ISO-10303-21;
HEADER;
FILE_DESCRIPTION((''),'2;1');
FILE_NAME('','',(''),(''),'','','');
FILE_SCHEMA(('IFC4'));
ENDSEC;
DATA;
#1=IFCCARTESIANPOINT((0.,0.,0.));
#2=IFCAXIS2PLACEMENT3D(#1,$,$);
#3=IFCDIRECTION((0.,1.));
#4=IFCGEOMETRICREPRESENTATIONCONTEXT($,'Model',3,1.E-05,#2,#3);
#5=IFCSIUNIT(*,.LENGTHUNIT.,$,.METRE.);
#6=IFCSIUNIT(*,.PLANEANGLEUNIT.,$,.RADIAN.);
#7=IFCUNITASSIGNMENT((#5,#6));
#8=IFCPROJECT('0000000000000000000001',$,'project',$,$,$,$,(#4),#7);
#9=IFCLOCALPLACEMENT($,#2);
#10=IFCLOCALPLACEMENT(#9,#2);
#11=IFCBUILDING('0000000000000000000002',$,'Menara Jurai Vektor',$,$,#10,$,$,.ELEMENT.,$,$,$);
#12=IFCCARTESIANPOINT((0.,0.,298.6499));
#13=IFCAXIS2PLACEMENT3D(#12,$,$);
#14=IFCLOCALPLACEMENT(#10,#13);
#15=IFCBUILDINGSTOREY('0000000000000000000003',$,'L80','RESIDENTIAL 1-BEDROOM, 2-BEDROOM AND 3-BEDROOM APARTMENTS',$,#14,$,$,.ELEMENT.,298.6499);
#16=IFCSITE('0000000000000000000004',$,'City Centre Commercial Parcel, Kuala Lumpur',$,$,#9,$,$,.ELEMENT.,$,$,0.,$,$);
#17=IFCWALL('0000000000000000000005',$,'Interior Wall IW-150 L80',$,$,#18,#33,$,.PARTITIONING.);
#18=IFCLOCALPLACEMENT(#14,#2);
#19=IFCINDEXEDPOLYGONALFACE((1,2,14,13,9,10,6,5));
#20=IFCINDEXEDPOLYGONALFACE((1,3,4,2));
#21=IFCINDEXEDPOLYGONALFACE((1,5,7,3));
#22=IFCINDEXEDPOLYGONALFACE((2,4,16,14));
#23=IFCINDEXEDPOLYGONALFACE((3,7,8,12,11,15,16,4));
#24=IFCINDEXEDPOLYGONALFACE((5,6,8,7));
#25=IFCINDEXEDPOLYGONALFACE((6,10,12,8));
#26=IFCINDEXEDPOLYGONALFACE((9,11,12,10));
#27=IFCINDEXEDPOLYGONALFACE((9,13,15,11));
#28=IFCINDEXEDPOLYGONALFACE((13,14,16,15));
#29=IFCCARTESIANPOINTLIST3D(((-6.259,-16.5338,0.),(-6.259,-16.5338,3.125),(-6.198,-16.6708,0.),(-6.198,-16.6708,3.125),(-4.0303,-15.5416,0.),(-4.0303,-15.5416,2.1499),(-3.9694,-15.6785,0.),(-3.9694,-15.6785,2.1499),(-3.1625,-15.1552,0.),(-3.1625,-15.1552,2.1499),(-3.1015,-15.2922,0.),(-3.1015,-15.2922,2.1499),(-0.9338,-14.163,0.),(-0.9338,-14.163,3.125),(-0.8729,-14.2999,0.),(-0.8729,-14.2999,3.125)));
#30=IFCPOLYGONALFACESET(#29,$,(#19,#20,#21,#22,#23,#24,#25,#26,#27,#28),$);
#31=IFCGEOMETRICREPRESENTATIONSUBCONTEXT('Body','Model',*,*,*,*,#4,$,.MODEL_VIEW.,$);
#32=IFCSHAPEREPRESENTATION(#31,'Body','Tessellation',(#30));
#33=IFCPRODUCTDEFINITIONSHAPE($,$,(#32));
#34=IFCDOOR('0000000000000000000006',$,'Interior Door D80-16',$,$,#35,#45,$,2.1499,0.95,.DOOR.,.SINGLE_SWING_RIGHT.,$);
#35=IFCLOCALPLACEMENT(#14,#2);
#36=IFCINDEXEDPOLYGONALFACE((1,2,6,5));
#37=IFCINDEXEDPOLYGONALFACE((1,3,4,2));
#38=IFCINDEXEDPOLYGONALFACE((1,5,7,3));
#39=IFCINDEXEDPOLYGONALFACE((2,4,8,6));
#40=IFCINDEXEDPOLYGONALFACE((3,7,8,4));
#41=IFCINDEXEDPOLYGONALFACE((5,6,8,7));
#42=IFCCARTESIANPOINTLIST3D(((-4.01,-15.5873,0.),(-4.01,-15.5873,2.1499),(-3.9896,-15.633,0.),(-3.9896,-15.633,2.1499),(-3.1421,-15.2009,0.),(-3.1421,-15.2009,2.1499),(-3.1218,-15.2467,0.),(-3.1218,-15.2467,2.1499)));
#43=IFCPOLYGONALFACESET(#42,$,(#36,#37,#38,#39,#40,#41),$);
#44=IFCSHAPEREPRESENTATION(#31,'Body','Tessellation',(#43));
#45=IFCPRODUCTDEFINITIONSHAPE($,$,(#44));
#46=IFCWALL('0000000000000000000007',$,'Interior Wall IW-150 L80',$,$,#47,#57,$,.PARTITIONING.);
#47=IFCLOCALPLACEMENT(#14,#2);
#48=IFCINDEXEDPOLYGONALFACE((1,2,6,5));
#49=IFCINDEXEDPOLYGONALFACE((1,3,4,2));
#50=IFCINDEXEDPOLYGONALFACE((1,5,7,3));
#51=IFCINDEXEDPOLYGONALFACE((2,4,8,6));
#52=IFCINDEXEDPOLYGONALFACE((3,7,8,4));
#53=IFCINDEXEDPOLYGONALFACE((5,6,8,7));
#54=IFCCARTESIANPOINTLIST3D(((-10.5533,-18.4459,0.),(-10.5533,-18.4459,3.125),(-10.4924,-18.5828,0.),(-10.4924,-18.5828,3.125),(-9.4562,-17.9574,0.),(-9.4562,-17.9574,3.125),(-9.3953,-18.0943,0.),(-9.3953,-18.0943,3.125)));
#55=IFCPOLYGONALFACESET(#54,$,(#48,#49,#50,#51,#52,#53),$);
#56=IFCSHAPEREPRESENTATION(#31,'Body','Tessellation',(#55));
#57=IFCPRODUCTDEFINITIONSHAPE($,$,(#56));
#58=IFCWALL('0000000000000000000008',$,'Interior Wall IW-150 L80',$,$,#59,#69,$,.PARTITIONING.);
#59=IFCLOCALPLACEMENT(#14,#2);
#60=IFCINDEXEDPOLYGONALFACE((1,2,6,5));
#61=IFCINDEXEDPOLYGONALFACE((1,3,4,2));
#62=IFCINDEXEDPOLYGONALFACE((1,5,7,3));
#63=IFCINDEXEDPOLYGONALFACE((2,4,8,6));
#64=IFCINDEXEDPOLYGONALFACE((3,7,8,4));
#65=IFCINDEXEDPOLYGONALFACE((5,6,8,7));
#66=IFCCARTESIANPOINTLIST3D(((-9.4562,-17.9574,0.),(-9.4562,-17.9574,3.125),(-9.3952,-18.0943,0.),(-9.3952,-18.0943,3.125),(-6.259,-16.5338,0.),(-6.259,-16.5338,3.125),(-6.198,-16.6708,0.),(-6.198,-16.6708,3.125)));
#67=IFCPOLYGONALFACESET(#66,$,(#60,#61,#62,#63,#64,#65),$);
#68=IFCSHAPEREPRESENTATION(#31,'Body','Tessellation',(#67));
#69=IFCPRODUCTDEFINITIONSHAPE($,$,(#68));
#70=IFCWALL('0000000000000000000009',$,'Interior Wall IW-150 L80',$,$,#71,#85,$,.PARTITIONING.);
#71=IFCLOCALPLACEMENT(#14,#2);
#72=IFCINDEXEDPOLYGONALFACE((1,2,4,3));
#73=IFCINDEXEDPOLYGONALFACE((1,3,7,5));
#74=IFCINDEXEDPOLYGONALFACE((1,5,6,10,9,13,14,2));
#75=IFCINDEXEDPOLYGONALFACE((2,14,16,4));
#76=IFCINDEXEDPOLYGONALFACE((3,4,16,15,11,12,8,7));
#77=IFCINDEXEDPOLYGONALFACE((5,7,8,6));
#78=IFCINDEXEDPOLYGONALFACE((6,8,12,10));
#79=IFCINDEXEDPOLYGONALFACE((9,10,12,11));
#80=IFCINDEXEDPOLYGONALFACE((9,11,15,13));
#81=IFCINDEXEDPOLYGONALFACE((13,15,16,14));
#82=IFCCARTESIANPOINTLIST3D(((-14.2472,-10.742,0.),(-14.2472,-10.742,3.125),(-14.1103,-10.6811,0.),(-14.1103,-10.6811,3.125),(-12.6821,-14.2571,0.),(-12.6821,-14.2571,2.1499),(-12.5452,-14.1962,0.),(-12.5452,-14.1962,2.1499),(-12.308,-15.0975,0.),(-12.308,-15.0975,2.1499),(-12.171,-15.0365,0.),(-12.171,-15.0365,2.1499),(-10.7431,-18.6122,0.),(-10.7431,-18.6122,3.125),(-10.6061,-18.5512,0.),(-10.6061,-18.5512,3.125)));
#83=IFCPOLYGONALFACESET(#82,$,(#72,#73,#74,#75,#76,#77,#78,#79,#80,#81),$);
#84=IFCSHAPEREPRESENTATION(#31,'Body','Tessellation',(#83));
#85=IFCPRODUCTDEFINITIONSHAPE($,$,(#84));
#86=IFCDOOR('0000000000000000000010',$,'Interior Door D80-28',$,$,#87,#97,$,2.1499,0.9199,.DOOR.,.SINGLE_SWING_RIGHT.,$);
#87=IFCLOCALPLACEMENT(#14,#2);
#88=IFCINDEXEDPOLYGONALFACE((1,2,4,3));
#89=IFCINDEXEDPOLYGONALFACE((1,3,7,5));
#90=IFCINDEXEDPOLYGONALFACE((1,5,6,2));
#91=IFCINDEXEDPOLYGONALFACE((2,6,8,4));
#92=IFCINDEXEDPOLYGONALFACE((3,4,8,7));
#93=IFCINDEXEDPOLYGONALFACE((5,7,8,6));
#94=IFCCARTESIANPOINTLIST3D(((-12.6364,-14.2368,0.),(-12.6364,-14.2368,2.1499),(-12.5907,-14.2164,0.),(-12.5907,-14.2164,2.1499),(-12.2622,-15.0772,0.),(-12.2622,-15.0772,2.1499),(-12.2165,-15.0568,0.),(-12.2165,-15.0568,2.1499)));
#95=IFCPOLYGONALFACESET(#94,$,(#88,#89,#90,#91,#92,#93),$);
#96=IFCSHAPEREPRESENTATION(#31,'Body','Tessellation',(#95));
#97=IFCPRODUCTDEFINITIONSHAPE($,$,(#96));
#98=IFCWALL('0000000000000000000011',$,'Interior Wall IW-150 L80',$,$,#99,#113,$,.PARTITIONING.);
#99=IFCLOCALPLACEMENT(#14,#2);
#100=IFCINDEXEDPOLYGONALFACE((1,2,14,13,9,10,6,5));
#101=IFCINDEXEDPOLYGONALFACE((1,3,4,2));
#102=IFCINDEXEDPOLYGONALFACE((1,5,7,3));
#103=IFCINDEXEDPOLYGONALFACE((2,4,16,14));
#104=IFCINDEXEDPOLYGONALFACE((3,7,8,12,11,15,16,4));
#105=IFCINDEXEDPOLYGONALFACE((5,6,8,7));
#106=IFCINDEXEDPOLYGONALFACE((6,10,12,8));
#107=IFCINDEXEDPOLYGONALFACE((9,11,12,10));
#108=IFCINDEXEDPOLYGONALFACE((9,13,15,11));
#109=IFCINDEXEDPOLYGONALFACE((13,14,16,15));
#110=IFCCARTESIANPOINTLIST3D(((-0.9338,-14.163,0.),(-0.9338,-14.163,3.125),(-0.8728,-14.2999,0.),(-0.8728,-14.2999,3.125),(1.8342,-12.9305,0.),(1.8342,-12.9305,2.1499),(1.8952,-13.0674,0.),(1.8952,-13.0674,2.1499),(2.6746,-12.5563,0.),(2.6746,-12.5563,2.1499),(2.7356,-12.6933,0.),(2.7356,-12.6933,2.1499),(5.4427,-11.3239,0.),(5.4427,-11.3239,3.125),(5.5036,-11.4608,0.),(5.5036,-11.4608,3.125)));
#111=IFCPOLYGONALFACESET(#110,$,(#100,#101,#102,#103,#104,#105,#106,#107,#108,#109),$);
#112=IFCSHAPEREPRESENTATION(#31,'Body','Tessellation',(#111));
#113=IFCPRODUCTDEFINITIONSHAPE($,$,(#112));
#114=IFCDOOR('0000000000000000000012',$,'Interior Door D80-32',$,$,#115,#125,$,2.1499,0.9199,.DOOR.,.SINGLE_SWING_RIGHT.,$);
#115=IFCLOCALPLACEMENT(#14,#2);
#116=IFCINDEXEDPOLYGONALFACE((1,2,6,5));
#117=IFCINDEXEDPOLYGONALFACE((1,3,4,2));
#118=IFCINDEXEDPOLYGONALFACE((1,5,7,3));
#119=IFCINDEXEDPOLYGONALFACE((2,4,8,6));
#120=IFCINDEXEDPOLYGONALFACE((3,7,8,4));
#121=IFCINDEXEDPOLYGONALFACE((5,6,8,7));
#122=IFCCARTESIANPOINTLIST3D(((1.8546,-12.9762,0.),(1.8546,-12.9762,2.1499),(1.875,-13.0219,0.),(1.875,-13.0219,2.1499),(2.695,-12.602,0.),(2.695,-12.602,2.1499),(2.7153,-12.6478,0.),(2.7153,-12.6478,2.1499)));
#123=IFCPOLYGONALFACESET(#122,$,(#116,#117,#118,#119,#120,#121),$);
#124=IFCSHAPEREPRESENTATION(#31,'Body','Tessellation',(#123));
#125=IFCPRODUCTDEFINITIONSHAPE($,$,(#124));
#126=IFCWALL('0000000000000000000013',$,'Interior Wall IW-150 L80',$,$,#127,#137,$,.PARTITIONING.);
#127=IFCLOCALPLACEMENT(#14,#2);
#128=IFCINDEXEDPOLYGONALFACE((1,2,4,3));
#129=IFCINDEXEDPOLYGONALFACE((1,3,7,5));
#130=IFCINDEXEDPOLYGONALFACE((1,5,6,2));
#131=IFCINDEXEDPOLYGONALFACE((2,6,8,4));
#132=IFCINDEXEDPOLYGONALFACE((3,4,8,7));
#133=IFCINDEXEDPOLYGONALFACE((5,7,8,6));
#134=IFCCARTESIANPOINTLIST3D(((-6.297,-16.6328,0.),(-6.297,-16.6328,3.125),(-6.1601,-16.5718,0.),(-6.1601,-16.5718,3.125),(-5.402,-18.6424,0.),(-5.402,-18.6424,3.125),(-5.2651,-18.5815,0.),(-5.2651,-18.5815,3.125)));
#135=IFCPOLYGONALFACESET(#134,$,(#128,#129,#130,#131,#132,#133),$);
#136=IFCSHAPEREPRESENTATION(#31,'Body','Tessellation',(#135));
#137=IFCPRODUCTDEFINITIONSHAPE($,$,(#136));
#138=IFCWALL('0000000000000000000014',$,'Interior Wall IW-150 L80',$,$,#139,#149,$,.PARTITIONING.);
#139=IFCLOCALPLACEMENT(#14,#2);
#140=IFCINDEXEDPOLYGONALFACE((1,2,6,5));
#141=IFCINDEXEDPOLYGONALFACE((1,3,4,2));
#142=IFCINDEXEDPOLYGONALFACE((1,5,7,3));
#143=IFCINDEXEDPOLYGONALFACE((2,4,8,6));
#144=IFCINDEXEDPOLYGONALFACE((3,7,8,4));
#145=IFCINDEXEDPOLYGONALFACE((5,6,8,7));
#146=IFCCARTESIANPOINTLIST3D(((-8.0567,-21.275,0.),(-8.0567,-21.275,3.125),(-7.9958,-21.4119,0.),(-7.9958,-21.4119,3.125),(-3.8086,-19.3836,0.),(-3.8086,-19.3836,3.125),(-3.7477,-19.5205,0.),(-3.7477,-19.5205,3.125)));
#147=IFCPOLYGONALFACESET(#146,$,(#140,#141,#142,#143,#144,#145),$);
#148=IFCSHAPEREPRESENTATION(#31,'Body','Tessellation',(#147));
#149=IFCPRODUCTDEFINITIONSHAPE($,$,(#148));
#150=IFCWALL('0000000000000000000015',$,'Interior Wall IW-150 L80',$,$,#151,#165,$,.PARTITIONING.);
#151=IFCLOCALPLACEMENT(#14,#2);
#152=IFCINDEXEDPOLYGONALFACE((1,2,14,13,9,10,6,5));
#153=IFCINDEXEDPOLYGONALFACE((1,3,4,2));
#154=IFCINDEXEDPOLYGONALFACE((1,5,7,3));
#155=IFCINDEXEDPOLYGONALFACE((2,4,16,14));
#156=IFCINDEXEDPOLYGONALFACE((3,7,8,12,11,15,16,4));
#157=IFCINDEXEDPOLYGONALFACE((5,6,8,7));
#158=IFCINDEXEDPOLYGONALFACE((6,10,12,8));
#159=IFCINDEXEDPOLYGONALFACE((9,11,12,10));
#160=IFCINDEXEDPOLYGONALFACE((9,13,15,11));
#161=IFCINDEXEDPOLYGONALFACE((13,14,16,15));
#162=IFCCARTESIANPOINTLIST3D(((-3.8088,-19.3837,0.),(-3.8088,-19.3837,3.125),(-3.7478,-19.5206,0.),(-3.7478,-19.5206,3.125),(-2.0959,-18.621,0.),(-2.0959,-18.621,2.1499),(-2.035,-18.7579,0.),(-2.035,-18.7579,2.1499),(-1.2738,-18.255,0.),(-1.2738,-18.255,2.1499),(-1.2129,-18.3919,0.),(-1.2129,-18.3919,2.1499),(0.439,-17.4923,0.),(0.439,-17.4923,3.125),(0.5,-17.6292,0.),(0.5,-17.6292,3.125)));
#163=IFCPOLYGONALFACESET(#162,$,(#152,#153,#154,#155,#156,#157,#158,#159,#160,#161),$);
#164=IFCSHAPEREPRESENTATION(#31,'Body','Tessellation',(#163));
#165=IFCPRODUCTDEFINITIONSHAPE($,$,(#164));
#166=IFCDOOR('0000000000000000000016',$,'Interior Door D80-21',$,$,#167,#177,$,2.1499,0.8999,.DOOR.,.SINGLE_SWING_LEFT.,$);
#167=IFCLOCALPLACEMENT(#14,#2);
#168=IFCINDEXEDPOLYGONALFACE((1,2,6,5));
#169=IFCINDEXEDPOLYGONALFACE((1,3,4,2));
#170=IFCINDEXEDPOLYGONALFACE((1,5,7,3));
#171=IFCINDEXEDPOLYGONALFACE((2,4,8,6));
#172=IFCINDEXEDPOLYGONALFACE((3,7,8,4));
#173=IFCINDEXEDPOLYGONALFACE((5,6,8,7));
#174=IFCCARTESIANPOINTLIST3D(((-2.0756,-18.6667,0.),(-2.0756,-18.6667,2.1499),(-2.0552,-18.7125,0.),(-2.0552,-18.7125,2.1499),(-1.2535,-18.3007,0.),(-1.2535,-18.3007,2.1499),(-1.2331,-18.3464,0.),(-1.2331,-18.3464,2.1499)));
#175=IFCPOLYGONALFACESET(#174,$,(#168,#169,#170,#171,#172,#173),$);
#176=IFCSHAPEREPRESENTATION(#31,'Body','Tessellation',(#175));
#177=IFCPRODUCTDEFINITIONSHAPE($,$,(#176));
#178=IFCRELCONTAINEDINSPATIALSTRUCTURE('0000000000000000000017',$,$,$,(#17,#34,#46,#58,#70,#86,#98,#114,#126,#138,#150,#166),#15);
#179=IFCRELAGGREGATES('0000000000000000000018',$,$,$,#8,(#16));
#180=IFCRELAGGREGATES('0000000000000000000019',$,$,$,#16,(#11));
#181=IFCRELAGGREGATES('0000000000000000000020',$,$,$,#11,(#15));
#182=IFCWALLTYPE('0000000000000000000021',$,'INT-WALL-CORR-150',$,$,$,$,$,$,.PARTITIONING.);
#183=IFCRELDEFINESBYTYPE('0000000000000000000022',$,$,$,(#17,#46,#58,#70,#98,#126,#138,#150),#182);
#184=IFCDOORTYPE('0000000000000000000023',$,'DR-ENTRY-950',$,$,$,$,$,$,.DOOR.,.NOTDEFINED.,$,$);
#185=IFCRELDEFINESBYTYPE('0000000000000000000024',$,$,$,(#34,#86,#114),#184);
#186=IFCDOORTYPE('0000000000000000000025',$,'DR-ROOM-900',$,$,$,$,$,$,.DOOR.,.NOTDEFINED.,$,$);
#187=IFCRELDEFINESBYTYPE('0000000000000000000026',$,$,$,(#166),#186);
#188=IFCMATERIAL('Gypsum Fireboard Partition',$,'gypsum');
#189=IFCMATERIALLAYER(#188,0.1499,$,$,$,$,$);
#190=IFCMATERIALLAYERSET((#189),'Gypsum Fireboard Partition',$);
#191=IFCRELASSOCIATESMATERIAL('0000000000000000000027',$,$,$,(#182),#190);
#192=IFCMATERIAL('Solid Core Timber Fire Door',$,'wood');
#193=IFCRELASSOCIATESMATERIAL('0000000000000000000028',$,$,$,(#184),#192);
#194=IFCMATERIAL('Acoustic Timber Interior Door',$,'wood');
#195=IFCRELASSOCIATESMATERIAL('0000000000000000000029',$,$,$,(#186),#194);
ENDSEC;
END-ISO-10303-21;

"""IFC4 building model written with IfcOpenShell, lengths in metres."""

from ifc_helpers import new_model, si_unit, direction, frame, frame_2d, origin, place, context, subcontext, project, spatial, rectangle, extrude, material, layer, layer_set, type_object, element, fill, save


model = new_model("IFC4")

# Units and contexts
model_context = context("Model", 3, precision=1e-05, world=origin(), true_north=direction((0.0, 1.0)))
body_context = subcontext(model_context, "Body", "Model", "MODEL_VIEW")
ifc_project = project(units=[si_unit("LENGTHUNIT", "METRE"), si_unit("PLANEANGLEUNIT", "RADIAN")], contexts=[model_context])

# Site, building, storey
site_placement = place(None, origin())
site = spatial("IfcSite", under=ifc_project, at=site_placement, Name="City Centre Commercial Parcel, Kuala Lumpur", CompositionType="ELEMENT", RefElevation=0.0)
building_placement = place(site_placement, origin())
building = spatial("IfcBuilding", under=site, at=building_placement, Name="Menara Jurai Vektor", CompositionType="ELEMENT")
storey_placement = place(building_placement, frame((0.0, 0.0, 298.6499)))
storey = spatial("IfcBuildingStorey", under=building, at=storey_placement, Name="L80", Description="RESIDENTIAL 1-BEDROOM, 2-BEDROOM AND 3-BEDROOM APARTMENTS", CompositionType="ELEMENT", Elevation=298.6499)

# Wall, opening, door
ifc_material_1 = material(Name="Gypsum Fireboard Partition", Category="gypsum")
ifc_layer_1 = layer(ifc_material_1, 0.1499)
ifc_layer_set_1 = layer_set([ifc_layer_1], Name="Gypsum Fireboard Partition")
wall_type_1 = type_object("IfcWallType", Name="INT-WALL-CORR-150", PredefinedType="PARTITIONING", material=ifc_layer_set_1)
wall_1_placement = place(storey_placement, frame((-6.2285, -16.6023, 0.0), z_axis=(0.0, 0.0, 1.0), x_axis=(0.913551, 0.406725, 0.0)))
wall_1 = element("IfcWall", 1, at=wall_1_placement, inside=storey, type_object=wall_type_1, Name="Interior Wall IW-150 L80", PredefinedType="PARTITIONING", context=body_context, shape_type="SweptSolid", body=[
    extrude(rectangle(XDim=5.8291, YDim=0.1499, at=frame_2d((2.9146, 0.0))), origin(), (0.0, 0.0, 1.0), 3.125),
])
opening_1_placement = place(wall_1_placement, frame((2.4395, 0.0, 0.0)))
opening_1 = element("IfcOpeningElement", 2, at=opening_1_placement, cuts=wall_1, PredefinedType="OPENING", context=body_context, shape_type="SweptSolid", body=[
    extrude(rectangle(XDim=0.95, YDim=2.1499, at=frame_2d((0.4751, 1.075))), frame((0.0, 0.085, 0.0), z_axis=(0.0, -1.0, 0.0), x_axis=(1.0, 0.0, 0.0)), (0.0, 0.0, 1.0), 0.1699),
])
ifc_material_2 = material(Name="Solid Core Timber Fire Door", Category="wood")
door_type_1 = type_object("IfcDoorType", Name="DR-ENTRY-950", OperationType="NOTDEFINED", PredefinedType="DOOR", material=ifc_material_2)
door_1_placement = place(opening_1_placement, origin())
door_1 = element("IfcDoor", 3, at=door_1_placement, inside=storey, type_object=door_type_1, Name="Interior Door D80-16", OperationType="SINGLE_SWING_RIGHT", OverallHeight=2.1499, OverallWidth=0.95, PredefinedType="DOOR", context=body_context, shape_type="SweptSolid", body=[
    extrude(rectangle(XDim=0.95, YDim=2.1499, at=frame_2d((0.4751, 1.075))), frame((0.0, 0.0249, 0.0), z_axis=(0.0, -1.0, 0.0), x_axis=(1.0, 0.0, 0.0)), (0.0, 0.0, 1.0), 0.05),
])
fill(opening_1, door_1)

# Walls
wall_2_placement = place(storey_placement, frame((-10.5229, -18.5144, 0.0), z_axis=(0.0, 0.0, 1.0), x_axis=(0.913535, 0.406761, 0.0)))
element("IfcWall", 4, at=wall_2_placement, inside=storey, type_object=wall_type_1, Name="Interior Wall IW-150 L80", PredefinedType="PARTITIONING", context=body_context, shape_type="SweptSolid", body=[
    extrude(rectangle(XDim=1.2009, YDim=0.1499, at=frame_2d((0.6006, 0.0))), origin(), (0.0, 0.0, 1.0), 3.125),
])
wall_3_placement = place(storey_placement, frame((-9.4258, -18.0259, 0.0), z_axis=(0.0, 0.0, 1.0), x_axis=(0.913538, 0.406753, 0.0)))
element("IfcWall", 5, at=wall_3_placement, inside=storey, type_object=wall_type_1, Name="Interior Wall IW-150 L80", PredefinedType="PARTITIONING", context=body_context, shape_type="SweptSolid", body=[
    extrude(rectangle(XDim=3.4998, YDim=0.1499, at=frame_2d((1.75, 0.0))), origin(), (0.0, 0.0, 1.0), 3.125),
])

# Walls, openings, doors
wall_4_placement = place(storey_placement, frame((-10.6746, -18.5818, 0.0), z_axis=(0.0, 0.0, 1.0), x_axis=(-0.406751, 0.913539, 0.0)))
wall_4 = element("IfcWall", 6, at=wall_4_placement, inside=storey, type_object=wall_type_1, Name="Interior Wall IW-150 L80", PredefinedType="PARTITIONING", context=body_context, shape_type="SweptSolid", body=[
    extrude(rectangle(XDim=8.615, YDim=0.1499, at=frame_2d((4.3076, 0.0))), origin(), (0.0, 0.0, 1.0), 3.125),
])
opening_2_placement = place(wall_4_placement, frame((3.8474, 0.0, 0.0)))
opening_2 = element("IfcOpeningElement", 7, at=opening_2_placement, cuts=wall_4, PredefinedType="OPENING", context=body_context, shape_type="SweptSolid", body=[
    extrude(rectangle(XDim=0.9199, YDim=2.1499, at=frame_2d((0.46, 1.075))), frame((0.0, 0.085, 0.0), z_axis=(0.0, -1.0, 0.0), x_axis=(1.0, 0.0, 0.0)), (0.0, 0.0, 1.0), 0.1699),
])
door_2_placement = place(opening_2_placement, origin())
door_2 = element("IfcDoor", 8, at=door_2_placement, inside=storey, type_object=door_type_1, Name="Interior Door D80-28", OperationType="SINGLE_SWING_RIGHT", OverallHeight=2.1499, OverallWidth=0.9199, PredefinedType="DOOR", context=body_context, shape_type="SweptSolid", body=[
    extrude(rectangle(XDim=0.9199, YDim=2.1499, at=frame_2d((0.46, 1.075))), frame((0.0, 0.0249, 0.0), z_axis=(0.0, -1.0, 0.0), x_axis=(1.0, 0.0, 0.0)), (0.0, 0.0, 1.0), 0.05),
])
fill(opening_2, door_2)
wall_5_placement = place(storey_placement, frame((-0.9033, -14.2314, 0.0), z_axis=(0.0, 0.0, 1.0), x_axis=(0.913539, 0.406752, 0.0)))
wall_5 = element("IfcWall", 9, at=wall_5_placement, inside=storey, type_object=wall_type_1, Name="Interior Wall IW-150 L80", PredefinedType="PARTITIONING", context=body_context, shape_type="SweptSolid", body=[
    extrude(rectangle(XDim=6.98, YDim=0.1499, at=frame_2d((3.49, 0.0))), origin(), (0.0, 0.0, 1.0), 3.125),
])
opening_3_placement = place(wall_5_placement, frame((3.03, 0.0, 0.0)))
opening_3 = element("IfcOpeningElement", 10, at=opening_3_placement, cuts=wall_5, PredefinedType="OPENING", context=body_context, shape_type="SweptSolid", body=[
    extrude(rectangle(XDim=0.9199, YDim=2.1499, at=frame_2d((0.46, 1.075))), frame((0.0, 0.085, 0.0), z_axis=(0.0, -1.0, 0.0), x_axis=(1.0, 0.0, 0.0)), (0.0, 0.0, 1.0), 0.1699),
])
door_3_placement = place(opening_3_placement, origin())
door_3 = element("IfcDoor", 11, at=door_3_placement, inside=storey, type_object=door_type_1, Name="Interior Door D80-32", OperationType="SINGLE_SWING_RIGHT", OverallHeight=2.1499, OverallWidth=0.9199, PredefinedType="DOOR", context=body_context, shape_type="SweptSolid", body=[
    extrude(rectangle(XDim=0.9199, YDim=2.1499, at=frame_2d((0.46, 1.075))), frame((0.0, 0.0249, 0.0), z_axis=(0.0, -1.0, 0.0), x_axis=(1.0, 0.0, 0.0)), (0.0, 0.0, 1.0), 0.05),
])
fill(opening_3, door_3)

# Walls
wall_6_placement = place(storey_placement, frame((-5.3335, -18.6121, 0.0), z_axis=(0.0, 0.0, 1.0), x_axis=(-0.406818, 0.913509, 0.0)))
element("IfcWall", 12, at=wall_6_placement, inside=storey, type_object=wall_type_1, Name="Interior Wall IW-150 L80", PredefinedType="PARTITIONING", context=body_context, shape_type="SweptSolid", body=[
    extrude(rectangle(XDim=2.2, YDim=0.1499, at=frame_2d((1.1001, 0.0))), origin(), (0.0, 0.0, 1.0), 3.125),
])
wall_7_placement = place(storey_placement, frame((-8.0264, -21.3435, 0.0), z_axis=(0.0, 0.0, 1.0), x_axis=(0.913545, 0.406738, 0.0)))
element("IfcWall", 13, at=wall_7_placement, inside=storey, type_object=wall_type_1, Name="Interior Wall IW-150 L80", PredefinedType="PARTITIONING", context=body_context, shape_type="SweptSolid", body=[
    extrude(rectangle(XDim=4.6501, YDim=0.1499, at=frame_2d((2.3252, 0.0))), origin(), (0.0, 0.0, 1.0), 3.125),
])

# Wall, opening, door
wall_8_placement = place(storey_placement, frame((-3.7783, -19.4521, 0.0), z_axis=(0.0, 0.0, 1.0), x_axis=(0.913536, 0.406757, 0.0)))
wall_8 = element("IfcWall", 14, at=wall_8_placement, inside=storey, type_object=wall_type_1, Name="Interior Wall IW-150 L80", PredefinedType="PARTITIONING", context=body_context, shape_type="SweptSolid", body=[
    extrude(rectangle(XDim=4.6499, YDim=0.1499, at=frame_2d((2.325, 0.0))), origin(), (0.0, 0.0, 1.0), 3.125),
])
opening_4_placement = place(wall_8_placement, frame((1.875, 0.0, 0.0)))
opening_4 = element("IfcOpeningElement", 15, at=opening_4_placement, cuts=wall_8, PredefinedType="OPENING", context=body_context, shape_type="SweptSolid", body=[
    extrude(rectangle(XDim=0.8999, YDim=2.1499, at=frame_2d((0.45, 1.075))), frame((0.0, 0.085, 0.0), z_axis=(0.0, -1.0, 0.0), x_axis=(1.0, 0.0, 0.0)), (0.0, 0.0, 1.0), 0.1699),
])
ifc_material_3 = material(Name="Acoustic Timber Interior Door", Category="wood")
door_type_2 = type_object("IfcDoorType", Name="DR-ROOM-900", OperationType="NOTDEFINED", PredefinedType="DOOR", material=ifc_material_3)
door_4_placement = place(opening_4_placement, origin())
door_4 = element("IfcDoor", 16, at=door_4_placement, inside=storey, type_object=door_type_2, Name="Interior Door D80-21", OperationType="SINGLE_SWING_LEFT", OverallHeight=2.1499, OverallWidth=0.8999, PredefinedType="DOOR", context=body_context, shape_type="SweptSolid", body=[
    extrude(rectangle(XDim=0.8999, YDim=2.1499, at=frame_2d((0.45, 1.075))), frame((0.0, 0.0249, 0.0), z_axis=(0.0, -1.0, 0.0), x_axis=(1.0, 0.0, 0.0)), (0.0, 0.0, 1.0), 0.05),
])
fill(opening_4, door_4)

save(model, "model.ifc")
